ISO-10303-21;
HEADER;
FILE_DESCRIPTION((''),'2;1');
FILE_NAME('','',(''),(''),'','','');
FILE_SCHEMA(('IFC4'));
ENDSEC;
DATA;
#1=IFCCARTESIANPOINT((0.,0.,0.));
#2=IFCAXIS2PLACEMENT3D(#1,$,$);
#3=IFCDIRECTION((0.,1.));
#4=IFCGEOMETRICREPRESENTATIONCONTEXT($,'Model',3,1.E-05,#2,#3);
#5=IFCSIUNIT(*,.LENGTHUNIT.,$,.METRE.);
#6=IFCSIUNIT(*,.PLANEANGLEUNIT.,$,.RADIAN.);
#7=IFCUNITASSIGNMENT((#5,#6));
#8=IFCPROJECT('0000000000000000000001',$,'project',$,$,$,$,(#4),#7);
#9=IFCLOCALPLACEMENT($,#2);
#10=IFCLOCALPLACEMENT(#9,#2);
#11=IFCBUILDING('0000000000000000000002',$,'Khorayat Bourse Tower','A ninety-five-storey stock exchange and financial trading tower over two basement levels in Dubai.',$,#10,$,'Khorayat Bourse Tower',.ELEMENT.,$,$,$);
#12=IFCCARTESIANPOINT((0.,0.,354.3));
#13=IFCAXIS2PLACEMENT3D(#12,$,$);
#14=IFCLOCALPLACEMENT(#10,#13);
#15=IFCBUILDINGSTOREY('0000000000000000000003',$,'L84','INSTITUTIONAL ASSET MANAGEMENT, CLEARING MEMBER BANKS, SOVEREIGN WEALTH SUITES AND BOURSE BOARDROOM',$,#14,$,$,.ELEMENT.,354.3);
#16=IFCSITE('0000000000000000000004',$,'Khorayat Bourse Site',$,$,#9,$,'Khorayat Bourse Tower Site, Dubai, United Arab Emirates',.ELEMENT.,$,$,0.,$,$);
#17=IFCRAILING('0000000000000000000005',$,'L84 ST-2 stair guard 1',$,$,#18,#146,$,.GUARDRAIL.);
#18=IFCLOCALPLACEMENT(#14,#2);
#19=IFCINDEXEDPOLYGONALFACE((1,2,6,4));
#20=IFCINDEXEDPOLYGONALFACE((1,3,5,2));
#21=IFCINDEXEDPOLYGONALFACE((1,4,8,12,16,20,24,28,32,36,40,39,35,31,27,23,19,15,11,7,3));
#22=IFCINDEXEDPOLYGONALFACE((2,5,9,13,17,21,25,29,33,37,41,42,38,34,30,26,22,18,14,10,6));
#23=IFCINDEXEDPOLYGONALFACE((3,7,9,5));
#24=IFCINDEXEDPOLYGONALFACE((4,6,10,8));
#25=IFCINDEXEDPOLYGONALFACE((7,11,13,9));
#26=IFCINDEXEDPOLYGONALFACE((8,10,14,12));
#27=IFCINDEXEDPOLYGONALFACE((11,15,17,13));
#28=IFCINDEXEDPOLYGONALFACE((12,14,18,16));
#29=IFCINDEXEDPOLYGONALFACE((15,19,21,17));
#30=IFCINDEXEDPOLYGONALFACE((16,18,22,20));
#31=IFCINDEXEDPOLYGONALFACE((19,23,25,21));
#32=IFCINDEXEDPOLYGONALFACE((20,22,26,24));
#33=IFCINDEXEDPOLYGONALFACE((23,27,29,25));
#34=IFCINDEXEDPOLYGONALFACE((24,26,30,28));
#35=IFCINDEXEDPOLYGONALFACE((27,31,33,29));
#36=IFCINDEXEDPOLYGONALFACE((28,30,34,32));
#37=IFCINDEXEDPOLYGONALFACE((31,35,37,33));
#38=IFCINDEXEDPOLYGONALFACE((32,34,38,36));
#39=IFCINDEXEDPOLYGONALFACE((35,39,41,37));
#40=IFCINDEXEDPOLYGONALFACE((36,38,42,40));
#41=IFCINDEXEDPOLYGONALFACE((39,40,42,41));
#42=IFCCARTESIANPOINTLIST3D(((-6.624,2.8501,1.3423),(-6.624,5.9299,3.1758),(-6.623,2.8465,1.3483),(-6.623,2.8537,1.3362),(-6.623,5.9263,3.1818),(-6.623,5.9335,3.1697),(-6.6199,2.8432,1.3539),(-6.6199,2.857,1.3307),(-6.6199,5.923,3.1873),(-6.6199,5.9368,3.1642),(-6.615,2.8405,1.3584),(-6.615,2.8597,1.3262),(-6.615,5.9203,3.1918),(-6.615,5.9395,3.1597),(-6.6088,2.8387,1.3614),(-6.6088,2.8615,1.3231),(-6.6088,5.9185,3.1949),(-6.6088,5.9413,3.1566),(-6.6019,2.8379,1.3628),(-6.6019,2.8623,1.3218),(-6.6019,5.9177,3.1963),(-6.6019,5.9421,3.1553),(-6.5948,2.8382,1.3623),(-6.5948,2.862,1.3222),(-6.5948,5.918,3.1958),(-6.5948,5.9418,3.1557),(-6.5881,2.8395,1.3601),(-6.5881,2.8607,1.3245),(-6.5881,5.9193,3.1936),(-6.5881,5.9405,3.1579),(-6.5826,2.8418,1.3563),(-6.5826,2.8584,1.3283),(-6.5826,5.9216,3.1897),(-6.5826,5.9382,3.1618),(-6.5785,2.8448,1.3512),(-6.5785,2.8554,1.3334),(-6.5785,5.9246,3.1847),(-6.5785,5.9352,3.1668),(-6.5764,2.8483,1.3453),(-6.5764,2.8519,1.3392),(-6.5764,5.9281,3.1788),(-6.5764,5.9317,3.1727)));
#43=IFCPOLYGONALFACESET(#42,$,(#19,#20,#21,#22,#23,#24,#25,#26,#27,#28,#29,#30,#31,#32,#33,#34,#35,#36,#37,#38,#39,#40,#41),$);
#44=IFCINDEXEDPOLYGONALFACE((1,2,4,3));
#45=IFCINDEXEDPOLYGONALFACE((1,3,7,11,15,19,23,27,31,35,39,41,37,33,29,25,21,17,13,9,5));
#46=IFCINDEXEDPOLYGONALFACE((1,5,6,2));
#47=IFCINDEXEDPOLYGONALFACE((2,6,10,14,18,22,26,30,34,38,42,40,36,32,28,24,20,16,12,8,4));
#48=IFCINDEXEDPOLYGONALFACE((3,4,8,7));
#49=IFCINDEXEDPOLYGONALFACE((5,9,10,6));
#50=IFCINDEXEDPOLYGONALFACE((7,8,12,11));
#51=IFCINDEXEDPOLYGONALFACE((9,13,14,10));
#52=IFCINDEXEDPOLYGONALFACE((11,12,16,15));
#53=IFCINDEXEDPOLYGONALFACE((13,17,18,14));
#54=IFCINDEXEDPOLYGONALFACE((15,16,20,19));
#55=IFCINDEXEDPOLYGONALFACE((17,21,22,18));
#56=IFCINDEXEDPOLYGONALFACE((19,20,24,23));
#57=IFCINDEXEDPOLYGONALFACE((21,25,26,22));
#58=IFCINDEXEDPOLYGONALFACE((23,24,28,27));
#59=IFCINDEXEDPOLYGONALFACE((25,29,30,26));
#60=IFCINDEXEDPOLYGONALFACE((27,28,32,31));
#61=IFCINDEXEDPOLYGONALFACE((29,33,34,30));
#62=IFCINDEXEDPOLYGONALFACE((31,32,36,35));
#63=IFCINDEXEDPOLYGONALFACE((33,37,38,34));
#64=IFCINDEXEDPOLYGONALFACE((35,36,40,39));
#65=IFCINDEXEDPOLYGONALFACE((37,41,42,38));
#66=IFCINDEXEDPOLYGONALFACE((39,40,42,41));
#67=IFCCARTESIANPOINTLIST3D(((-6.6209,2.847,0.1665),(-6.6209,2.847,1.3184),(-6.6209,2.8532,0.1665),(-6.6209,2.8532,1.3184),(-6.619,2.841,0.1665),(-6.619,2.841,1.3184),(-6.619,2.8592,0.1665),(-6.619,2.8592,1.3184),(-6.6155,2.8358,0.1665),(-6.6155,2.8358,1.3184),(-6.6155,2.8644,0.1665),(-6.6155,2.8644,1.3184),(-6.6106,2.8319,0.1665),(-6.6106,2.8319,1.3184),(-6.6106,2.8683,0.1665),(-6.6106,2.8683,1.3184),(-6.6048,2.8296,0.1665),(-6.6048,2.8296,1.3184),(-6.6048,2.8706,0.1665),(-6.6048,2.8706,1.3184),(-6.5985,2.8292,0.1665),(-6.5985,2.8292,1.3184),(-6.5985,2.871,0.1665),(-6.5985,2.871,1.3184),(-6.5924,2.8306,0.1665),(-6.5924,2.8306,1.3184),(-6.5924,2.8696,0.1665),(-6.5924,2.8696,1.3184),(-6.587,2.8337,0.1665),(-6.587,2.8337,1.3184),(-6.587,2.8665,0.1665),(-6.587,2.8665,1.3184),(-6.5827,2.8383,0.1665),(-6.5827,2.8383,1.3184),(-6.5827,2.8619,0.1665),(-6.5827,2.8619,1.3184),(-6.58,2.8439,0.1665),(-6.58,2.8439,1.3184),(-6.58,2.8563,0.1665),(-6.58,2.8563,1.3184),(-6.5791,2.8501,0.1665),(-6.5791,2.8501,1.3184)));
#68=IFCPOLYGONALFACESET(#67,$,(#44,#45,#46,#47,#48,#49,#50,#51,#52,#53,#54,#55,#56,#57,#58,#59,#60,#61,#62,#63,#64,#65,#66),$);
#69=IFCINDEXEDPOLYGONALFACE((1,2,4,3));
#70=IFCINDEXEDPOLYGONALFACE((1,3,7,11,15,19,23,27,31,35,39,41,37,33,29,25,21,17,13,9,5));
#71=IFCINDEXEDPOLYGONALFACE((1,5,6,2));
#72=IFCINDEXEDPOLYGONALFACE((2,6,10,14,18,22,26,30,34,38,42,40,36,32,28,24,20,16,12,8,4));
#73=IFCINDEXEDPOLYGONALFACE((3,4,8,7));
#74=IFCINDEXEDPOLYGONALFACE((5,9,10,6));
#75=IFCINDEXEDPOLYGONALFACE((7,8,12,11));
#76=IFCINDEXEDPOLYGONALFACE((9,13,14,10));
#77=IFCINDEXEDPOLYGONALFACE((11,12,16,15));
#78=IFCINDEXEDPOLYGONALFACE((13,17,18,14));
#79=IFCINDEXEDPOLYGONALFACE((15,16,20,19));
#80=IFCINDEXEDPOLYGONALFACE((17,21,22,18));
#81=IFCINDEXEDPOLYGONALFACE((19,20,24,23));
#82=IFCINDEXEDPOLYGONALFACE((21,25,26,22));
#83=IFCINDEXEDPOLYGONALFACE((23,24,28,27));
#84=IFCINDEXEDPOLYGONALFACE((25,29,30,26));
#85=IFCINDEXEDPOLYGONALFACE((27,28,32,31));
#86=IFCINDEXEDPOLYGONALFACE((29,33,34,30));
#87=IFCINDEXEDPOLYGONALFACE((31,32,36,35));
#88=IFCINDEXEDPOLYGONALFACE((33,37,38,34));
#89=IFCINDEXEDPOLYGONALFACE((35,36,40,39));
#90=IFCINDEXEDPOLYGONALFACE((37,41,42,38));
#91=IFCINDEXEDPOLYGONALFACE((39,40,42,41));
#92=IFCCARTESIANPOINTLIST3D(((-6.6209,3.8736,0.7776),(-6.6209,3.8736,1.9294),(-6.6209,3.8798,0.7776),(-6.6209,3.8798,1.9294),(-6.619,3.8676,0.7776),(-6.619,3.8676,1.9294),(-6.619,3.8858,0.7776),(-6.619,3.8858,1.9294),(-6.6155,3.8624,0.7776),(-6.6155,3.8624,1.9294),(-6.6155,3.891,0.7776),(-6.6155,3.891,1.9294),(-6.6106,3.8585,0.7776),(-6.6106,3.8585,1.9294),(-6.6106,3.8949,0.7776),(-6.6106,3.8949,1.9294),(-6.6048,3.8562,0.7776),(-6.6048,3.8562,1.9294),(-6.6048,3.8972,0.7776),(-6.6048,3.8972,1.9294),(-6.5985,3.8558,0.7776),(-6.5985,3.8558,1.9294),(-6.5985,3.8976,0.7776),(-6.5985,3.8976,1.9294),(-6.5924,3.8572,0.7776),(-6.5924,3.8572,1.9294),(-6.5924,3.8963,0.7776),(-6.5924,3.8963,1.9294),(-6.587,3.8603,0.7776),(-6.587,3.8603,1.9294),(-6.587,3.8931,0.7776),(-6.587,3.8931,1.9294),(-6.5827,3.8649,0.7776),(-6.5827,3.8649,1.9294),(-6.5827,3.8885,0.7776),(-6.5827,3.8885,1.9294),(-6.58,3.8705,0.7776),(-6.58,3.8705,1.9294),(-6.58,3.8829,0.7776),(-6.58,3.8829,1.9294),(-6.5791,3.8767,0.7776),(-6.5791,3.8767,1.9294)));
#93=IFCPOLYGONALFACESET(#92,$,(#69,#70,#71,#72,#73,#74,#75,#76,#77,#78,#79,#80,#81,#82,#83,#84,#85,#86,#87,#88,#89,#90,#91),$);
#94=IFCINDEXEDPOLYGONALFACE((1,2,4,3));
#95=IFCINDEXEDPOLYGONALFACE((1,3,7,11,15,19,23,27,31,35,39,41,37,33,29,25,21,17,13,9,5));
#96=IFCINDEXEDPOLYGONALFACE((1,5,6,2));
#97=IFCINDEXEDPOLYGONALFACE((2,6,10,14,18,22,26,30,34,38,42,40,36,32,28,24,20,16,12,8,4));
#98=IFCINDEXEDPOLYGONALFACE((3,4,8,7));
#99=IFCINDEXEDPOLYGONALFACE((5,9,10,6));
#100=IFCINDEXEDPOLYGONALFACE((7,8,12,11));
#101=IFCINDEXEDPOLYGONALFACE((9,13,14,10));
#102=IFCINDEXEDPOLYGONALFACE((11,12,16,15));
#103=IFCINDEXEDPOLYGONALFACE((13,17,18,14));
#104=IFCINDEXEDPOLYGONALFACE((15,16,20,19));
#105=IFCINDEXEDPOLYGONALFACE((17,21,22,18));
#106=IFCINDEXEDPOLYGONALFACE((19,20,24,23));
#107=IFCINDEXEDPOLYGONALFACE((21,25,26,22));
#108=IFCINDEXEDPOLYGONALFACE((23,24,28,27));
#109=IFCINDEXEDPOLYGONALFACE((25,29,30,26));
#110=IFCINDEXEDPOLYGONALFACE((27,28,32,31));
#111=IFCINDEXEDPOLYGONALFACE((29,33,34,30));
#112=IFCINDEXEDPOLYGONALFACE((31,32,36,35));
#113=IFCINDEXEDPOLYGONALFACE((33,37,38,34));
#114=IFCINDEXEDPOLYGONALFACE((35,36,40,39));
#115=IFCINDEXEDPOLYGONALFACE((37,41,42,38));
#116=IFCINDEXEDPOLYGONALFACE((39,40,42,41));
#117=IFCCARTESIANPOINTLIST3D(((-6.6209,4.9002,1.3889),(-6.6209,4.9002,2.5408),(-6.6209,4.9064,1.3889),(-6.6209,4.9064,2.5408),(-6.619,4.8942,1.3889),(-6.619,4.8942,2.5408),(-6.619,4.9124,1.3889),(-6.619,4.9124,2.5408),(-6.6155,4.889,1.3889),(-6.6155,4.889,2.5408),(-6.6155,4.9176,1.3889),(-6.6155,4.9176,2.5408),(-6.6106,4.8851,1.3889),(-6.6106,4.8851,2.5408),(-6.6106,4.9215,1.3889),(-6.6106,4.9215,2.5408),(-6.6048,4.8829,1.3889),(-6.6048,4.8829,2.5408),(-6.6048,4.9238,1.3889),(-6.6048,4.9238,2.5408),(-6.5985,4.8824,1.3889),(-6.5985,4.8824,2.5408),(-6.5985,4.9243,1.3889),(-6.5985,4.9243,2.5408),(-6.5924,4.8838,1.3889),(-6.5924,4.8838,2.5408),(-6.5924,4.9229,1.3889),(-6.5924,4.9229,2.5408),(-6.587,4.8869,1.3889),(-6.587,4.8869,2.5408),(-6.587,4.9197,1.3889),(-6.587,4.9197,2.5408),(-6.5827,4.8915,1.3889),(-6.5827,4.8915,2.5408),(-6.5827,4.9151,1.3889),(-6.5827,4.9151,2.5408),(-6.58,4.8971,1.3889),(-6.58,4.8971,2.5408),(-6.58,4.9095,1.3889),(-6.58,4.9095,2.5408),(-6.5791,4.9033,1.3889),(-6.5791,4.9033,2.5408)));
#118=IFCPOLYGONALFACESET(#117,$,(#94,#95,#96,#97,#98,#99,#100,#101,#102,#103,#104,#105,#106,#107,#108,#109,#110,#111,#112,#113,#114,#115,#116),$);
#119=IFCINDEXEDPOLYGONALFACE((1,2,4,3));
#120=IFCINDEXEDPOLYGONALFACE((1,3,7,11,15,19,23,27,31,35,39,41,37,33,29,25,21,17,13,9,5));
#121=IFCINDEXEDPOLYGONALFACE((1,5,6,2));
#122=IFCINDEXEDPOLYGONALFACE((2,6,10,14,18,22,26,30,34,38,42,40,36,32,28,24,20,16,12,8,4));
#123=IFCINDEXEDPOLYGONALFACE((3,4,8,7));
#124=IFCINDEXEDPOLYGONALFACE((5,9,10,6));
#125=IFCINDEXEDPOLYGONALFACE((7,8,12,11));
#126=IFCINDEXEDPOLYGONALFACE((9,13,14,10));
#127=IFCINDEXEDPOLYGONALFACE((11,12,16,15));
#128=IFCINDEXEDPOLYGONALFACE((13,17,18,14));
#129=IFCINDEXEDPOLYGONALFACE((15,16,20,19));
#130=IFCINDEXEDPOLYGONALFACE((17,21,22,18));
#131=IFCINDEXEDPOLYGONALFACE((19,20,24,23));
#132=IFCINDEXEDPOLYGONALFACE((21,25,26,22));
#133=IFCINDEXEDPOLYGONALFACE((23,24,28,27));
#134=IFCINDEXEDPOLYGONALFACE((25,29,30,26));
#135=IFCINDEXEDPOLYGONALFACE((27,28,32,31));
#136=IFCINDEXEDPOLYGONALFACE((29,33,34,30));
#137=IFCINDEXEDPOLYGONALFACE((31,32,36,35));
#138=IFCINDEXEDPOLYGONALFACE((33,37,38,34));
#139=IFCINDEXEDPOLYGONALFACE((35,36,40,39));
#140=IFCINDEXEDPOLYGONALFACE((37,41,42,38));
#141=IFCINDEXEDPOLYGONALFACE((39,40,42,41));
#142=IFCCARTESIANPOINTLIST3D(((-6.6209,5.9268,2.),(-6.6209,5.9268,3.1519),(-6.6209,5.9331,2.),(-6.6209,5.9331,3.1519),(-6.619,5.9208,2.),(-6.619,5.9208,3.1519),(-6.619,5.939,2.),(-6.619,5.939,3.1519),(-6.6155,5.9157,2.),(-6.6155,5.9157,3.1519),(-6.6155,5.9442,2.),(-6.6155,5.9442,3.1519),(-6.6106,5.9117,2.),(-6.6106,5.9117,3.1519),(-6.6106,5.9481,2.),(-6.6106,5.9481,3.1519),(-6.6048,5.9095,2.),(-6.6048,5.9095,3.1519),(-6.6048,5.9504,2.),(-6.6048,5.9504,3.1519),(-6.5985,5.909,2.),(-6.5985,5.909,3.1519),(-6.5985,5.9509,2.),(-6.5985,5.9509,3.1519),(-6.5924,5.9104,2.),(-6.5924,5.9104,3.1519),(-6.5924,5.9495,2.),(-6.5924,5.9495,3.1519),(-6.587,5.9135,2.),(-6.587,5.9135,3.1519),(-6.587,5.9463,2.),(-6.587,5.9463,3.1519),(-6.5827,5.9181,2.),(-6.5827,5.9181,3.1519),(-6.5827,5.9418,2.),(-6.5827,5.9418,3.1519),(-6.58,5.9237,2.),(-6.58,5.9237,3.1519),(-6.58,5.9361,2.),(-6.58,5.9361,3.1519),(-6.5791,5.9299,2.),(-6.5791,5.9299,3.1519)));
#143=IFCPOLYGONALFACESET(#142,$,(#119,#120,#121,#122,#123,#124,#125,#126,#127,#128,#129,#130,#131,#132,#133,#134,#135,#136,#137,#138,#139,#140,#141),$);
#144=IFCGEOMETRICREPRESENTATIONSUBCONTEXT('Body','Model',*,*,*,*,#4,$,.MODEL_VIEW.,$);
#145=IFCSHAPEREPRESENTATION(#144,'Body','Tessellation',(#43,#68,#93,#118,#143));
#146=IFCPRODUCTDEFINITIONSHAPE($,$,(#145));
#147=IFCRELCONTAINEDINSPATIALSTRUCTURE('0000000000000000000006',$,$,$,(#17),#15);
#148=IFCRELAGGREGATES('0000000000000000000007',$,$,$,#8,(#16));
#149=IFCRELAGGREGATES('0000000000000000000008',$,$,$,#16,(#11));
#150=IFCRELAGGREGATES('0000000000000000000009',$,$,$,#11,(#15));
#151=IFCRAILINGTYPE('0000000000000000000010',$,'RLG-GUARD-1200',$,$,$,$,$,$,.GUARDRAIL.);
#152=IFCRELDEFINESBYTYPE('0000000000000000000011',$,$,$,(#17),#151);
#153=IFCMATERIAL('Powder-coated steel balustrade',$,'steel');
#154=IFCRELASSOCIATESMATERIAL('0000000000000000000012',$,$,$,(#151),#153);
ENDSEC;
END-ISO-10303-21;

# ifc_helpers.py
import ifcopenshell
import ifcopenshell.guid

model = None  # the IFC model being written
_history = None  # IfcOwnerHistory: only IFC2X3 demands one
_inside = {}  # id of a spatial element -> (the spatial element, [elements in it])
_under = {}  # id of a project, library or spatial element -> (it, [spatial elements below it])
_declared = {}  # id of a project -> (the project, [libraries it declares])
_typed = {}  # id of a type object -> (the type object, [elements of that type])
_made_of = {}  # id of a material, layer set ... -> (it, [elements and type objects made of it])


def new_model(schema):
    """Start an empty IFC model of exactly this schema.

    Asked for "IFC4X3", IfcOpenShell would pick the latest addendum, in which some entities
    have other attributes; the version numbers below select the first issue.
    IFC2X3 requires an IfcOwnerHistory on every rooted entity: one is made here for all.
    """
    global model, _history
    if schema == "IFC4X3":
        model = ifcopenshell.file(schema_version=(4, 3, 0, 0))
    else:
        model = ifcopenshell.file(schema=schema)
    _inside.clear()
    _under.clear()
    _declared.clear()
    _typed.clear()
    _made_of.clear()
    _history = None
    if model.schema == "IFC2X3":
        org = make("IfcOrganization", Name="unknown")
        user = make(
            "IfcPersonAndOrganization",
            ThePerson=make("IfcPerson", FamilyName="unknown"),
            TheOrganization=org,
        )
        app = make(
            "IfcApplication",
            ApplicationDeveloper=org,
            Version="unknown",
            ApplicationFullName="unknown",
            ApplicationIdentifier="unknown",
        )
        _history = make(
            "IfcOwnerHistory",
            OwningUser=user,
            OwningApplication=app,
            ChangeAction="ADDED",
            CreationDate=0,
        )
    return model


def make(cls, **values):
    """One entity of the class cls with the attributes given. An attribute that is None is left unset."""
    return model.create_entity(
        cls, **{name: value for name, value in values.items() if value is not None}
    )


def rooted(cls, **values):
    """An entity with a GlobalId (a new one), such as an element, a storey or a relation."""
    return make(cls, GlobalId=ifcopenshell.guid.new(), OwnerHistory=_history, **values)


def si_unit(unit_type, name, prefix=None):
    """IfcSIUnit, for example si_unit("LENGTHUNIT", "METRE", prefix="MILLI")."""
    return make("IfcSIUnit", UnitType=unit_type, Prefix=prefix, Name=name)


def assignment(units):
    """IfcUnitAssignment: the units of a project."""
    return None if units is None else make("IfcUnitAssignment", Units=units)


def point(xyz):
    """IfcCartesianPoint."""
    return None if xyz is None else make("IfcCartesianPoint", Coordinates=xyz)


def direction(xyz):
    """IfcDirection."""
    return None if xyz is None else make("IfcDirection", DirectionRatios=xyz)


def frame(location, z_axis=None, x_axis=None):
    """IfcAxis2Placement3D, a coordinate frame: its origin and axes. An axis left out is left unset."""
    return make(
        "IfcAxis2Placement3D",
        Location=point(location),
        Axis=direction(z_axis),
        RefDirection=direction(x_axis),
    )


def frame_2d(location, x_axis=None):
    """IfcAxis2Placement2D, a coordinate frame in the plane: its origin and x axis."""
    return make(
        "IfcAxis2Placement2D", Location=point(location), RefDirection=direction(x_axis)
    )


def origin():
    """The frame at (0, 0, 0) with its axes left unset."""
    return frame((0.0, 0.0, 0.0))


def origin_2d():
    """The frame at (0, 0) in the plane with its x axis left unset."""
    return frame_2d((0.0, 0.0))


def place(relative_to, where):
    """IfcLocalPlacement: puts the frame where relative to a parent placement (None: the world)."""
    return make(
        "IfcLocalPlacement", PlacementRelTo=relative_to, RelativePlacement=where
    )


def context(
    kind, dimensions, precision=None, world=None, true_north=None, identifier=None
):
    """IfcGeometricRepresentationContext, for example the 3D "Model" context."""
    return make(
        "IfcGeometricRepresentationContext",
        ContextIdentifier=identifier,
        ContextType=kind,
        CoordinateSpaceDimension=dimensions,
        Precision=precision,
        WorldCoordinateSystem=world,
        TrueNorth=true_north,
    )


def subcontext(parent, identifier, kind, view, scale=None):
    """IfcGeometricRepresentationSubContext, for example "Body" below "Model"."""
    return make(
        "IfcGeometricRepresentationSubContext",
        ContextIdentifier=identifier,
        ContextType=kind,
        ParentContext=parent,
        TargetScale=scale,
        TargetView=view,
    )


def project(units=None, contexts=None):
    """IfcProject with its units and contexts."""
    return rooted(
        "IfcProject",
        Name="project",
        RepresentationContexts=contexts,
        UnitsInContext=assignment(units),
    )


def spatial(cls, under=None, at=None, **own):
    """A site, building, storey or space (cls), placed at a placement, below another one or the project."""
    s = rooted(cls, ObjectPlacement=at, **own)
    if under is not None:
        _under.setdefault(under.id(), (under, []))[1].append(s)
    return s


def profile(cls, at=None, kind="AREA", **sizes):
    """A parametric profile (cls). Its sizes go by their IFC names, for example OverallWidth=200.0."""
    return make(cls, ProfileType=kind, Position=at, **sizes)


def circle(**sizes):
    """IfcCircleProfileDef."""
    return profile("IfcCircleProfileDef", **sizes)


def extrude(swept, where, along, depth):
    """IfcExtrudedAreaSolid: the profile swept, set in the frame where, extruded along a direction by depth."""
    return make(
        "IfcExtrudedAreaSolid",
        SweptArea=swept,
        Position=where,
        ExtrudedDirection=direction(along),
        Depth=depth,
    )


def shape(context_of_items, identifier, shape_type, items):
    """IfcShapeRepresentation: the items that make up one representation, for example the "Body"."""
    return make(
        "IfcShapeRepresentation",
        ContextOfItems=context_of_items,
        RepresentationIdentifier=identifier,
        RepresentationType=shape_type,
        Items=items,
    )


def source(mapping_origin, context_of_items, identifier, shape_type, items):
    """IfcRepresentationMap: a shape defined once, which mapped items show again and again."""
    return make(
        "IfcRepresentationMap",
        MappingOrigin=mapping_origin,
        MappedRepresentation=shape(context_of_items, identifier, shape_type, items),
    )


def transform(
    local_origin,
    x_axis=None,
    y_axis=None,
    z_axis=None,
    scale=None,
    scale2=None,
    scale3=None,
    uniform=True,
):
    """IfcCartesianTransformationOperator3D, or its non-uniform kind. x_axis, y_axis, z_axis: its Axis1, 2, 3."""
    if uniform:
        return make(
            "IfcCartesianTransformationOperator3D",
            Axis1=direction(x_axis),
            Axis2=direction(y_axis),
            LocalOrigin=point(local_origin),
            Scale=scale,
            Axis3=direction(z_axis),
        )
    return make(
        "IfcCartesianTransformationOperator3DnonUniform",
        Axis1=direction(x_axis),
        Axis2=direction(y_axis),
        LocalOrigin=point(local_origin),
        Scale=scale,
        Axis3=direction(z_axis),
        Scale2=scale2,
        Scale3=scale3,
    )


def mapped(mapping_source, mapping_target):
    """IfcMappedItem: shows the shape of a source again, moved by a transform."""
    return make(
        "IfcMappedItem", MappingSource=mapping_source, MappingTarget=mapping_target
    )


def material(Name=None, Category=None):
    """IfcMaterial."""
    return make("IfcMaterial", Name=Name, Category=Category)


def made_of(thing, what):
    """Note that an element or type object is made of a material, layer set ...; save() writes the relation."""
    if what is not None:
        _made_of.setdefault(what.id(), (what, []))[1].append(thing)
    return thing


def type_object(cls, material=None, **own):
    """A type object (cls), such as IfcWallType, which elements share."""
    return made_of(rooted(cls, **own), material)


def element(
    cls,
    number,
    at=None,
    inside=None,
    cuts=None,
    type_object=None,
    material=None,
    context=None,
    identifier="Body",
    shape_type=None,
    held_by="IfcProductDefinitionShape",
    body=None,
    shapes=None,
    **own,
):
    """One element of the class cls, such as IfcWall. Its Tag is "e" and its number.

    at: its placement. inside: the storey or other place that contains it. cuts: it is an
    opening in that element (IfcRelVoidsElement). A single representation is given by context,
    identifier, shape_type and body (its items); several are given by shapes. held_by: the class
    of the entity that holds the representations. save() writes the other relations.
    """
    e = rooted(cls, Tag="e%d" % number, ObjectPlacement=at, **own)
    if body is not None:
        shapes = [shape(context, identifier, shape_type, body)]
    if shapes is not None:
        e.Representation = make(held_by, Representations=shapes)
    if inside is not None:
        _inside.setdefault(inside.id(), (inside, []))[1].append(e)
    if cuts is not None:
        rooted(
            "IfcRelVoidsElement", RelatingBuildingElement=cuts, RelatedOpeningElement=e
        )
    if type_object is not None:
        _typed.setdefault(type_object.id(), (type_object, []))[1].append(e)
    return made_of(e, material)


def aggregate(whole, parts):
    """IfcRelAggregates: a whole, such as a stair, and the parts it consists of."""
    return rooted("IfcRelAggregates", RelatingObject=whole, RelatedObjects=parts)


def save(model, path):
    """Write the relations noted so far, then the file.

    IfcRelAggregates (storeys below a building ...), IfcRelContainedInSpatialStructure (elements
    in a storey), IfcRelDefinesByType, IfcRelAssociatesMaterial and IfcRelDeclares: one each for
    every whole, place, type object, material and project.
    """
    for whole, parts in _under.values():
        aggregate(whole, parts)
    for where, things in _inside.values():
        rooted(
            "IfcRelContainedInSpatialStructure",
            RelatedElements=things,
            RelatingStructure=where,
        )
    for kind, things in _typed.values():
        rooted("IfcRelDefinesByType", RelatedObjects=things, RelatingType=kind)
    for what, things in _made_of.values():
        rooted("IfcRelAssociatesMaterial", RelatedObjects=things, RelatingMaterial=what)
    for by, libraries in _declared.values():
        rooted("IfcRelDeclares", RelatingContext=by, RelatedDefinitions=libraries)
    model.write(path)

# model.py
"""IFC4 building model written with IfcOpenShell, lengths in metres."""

from ifc_helpers import new_model, si_unit, direction, frame, origin, origin_2d, place, context, subcontext, project, spatial, circle, extrude, source, transform, mapped, material, type_object, element, save


model = new_model("IFC4")

# Units and contexts
model_context = context("Model", 3, precision=1e-05, world=origin(), true_north=direction((0.0, 1.0)))
body_context = subcontext(model_context, "Body", "Model", "MODEL_VIEW")
ifc_project = project(units=[si_unit("LENGTHUNIT", "METRE"), si_unit("PLANEANGLEUNIT", "RADIAN")], contexts=[model_context])

# Site, building, storey
site_placement = place(None, origin())
site = spatial("IfcSite", under=ifc_project, at=site_placement, Name="Khorayat Bourse Site", LongName="Khorayat Bourse Tower Site, Dubai, United Arab Emirates", CompositionType="ELEMENT", RefElevation=0.0)
building_placement = place(site_placement, origin())
building = spatial("IfcBuilding", under=site, at=building_placement, Name="Khorayat Bourse Tower", Description="A ninety-five-storey stock exchange and financial trading tower over two basement levels in Dubai.", LongName="Khorayat Bourse Tower", CompositionType="ELEMENT")
storey_placement = place(building_placement, frame((0.0, 0.0, 354.3)))
storey = spatial("IfcBuildingStorey", under=building, at=storey_placement, Name="L84", Description="INSTITUTIONAL ASSET MANAGEMENT, CLEARING MEMBER BANKS, SOVEREIGN WEALTH SUITES AND BOURSE BOARDROOM", CompositionType="ELEMENT", Elevation=354.3)

# Railing
ifc_material_1 = material(Name="Powder-coated steel balustrade", Category="steel")
railing_type_1 = type_object("IfcRailingType", Name="RLG-GUARD-1200", PredefinedType="GUARDRAIL", material=ifc_material_1)
shared_shape_1 = source(origin(), body_context, "Body", "SweptSolid", [
    extrude(circle(Radius=0.0239, at=origin_2d()), frame((0.0, 0.0, 1.1758), z_axis=(0.0, 0.859261, 0.511538), x_axis=(-1.0, 0.0, 0.0)), (0.0, 0.0, 1.0), 3.5842),
    extrude(circle(Radius=0.021, at=origin_2d()), origin(), (0.0, 0.0, 1.0), 1.1519),
    extrude(circle(Radius=0.021, at=origin_2d()), frame((0.0, 1.0266, 0.6111)), (0.0, 0.0, 1.0), 1.1519),
    extrude(circle(Radius=0.021, at=origin_2d()), frame((0.0, 2.0532, 1.2224)), (0.0, 0.0, 1.0), 1.1519),
    extrude(circle(Radius=0.021, at=origin_2d()), frame((0.0, 3.0798, 1.8335)), (0.0, 0.0, 1.0), 1.1519),
])
railing_1_placement = place(storey_placement, frame((-6.6001, 2.8501, 0.1665)))
element("IfcRailing", 1, at=railing_1_placement, inside=storey, type_object=railing_type_1, Name="L84 ST-2 stair guard 1", PredefinedType="GUARDRAIL", context=body_context, shape_type="MappedRepresentation", body=[
    mapped(shared_shape_1, transform((0.0, 0.0, 0.0), scale=1.0)),
])

save(model, "model.ifc")
